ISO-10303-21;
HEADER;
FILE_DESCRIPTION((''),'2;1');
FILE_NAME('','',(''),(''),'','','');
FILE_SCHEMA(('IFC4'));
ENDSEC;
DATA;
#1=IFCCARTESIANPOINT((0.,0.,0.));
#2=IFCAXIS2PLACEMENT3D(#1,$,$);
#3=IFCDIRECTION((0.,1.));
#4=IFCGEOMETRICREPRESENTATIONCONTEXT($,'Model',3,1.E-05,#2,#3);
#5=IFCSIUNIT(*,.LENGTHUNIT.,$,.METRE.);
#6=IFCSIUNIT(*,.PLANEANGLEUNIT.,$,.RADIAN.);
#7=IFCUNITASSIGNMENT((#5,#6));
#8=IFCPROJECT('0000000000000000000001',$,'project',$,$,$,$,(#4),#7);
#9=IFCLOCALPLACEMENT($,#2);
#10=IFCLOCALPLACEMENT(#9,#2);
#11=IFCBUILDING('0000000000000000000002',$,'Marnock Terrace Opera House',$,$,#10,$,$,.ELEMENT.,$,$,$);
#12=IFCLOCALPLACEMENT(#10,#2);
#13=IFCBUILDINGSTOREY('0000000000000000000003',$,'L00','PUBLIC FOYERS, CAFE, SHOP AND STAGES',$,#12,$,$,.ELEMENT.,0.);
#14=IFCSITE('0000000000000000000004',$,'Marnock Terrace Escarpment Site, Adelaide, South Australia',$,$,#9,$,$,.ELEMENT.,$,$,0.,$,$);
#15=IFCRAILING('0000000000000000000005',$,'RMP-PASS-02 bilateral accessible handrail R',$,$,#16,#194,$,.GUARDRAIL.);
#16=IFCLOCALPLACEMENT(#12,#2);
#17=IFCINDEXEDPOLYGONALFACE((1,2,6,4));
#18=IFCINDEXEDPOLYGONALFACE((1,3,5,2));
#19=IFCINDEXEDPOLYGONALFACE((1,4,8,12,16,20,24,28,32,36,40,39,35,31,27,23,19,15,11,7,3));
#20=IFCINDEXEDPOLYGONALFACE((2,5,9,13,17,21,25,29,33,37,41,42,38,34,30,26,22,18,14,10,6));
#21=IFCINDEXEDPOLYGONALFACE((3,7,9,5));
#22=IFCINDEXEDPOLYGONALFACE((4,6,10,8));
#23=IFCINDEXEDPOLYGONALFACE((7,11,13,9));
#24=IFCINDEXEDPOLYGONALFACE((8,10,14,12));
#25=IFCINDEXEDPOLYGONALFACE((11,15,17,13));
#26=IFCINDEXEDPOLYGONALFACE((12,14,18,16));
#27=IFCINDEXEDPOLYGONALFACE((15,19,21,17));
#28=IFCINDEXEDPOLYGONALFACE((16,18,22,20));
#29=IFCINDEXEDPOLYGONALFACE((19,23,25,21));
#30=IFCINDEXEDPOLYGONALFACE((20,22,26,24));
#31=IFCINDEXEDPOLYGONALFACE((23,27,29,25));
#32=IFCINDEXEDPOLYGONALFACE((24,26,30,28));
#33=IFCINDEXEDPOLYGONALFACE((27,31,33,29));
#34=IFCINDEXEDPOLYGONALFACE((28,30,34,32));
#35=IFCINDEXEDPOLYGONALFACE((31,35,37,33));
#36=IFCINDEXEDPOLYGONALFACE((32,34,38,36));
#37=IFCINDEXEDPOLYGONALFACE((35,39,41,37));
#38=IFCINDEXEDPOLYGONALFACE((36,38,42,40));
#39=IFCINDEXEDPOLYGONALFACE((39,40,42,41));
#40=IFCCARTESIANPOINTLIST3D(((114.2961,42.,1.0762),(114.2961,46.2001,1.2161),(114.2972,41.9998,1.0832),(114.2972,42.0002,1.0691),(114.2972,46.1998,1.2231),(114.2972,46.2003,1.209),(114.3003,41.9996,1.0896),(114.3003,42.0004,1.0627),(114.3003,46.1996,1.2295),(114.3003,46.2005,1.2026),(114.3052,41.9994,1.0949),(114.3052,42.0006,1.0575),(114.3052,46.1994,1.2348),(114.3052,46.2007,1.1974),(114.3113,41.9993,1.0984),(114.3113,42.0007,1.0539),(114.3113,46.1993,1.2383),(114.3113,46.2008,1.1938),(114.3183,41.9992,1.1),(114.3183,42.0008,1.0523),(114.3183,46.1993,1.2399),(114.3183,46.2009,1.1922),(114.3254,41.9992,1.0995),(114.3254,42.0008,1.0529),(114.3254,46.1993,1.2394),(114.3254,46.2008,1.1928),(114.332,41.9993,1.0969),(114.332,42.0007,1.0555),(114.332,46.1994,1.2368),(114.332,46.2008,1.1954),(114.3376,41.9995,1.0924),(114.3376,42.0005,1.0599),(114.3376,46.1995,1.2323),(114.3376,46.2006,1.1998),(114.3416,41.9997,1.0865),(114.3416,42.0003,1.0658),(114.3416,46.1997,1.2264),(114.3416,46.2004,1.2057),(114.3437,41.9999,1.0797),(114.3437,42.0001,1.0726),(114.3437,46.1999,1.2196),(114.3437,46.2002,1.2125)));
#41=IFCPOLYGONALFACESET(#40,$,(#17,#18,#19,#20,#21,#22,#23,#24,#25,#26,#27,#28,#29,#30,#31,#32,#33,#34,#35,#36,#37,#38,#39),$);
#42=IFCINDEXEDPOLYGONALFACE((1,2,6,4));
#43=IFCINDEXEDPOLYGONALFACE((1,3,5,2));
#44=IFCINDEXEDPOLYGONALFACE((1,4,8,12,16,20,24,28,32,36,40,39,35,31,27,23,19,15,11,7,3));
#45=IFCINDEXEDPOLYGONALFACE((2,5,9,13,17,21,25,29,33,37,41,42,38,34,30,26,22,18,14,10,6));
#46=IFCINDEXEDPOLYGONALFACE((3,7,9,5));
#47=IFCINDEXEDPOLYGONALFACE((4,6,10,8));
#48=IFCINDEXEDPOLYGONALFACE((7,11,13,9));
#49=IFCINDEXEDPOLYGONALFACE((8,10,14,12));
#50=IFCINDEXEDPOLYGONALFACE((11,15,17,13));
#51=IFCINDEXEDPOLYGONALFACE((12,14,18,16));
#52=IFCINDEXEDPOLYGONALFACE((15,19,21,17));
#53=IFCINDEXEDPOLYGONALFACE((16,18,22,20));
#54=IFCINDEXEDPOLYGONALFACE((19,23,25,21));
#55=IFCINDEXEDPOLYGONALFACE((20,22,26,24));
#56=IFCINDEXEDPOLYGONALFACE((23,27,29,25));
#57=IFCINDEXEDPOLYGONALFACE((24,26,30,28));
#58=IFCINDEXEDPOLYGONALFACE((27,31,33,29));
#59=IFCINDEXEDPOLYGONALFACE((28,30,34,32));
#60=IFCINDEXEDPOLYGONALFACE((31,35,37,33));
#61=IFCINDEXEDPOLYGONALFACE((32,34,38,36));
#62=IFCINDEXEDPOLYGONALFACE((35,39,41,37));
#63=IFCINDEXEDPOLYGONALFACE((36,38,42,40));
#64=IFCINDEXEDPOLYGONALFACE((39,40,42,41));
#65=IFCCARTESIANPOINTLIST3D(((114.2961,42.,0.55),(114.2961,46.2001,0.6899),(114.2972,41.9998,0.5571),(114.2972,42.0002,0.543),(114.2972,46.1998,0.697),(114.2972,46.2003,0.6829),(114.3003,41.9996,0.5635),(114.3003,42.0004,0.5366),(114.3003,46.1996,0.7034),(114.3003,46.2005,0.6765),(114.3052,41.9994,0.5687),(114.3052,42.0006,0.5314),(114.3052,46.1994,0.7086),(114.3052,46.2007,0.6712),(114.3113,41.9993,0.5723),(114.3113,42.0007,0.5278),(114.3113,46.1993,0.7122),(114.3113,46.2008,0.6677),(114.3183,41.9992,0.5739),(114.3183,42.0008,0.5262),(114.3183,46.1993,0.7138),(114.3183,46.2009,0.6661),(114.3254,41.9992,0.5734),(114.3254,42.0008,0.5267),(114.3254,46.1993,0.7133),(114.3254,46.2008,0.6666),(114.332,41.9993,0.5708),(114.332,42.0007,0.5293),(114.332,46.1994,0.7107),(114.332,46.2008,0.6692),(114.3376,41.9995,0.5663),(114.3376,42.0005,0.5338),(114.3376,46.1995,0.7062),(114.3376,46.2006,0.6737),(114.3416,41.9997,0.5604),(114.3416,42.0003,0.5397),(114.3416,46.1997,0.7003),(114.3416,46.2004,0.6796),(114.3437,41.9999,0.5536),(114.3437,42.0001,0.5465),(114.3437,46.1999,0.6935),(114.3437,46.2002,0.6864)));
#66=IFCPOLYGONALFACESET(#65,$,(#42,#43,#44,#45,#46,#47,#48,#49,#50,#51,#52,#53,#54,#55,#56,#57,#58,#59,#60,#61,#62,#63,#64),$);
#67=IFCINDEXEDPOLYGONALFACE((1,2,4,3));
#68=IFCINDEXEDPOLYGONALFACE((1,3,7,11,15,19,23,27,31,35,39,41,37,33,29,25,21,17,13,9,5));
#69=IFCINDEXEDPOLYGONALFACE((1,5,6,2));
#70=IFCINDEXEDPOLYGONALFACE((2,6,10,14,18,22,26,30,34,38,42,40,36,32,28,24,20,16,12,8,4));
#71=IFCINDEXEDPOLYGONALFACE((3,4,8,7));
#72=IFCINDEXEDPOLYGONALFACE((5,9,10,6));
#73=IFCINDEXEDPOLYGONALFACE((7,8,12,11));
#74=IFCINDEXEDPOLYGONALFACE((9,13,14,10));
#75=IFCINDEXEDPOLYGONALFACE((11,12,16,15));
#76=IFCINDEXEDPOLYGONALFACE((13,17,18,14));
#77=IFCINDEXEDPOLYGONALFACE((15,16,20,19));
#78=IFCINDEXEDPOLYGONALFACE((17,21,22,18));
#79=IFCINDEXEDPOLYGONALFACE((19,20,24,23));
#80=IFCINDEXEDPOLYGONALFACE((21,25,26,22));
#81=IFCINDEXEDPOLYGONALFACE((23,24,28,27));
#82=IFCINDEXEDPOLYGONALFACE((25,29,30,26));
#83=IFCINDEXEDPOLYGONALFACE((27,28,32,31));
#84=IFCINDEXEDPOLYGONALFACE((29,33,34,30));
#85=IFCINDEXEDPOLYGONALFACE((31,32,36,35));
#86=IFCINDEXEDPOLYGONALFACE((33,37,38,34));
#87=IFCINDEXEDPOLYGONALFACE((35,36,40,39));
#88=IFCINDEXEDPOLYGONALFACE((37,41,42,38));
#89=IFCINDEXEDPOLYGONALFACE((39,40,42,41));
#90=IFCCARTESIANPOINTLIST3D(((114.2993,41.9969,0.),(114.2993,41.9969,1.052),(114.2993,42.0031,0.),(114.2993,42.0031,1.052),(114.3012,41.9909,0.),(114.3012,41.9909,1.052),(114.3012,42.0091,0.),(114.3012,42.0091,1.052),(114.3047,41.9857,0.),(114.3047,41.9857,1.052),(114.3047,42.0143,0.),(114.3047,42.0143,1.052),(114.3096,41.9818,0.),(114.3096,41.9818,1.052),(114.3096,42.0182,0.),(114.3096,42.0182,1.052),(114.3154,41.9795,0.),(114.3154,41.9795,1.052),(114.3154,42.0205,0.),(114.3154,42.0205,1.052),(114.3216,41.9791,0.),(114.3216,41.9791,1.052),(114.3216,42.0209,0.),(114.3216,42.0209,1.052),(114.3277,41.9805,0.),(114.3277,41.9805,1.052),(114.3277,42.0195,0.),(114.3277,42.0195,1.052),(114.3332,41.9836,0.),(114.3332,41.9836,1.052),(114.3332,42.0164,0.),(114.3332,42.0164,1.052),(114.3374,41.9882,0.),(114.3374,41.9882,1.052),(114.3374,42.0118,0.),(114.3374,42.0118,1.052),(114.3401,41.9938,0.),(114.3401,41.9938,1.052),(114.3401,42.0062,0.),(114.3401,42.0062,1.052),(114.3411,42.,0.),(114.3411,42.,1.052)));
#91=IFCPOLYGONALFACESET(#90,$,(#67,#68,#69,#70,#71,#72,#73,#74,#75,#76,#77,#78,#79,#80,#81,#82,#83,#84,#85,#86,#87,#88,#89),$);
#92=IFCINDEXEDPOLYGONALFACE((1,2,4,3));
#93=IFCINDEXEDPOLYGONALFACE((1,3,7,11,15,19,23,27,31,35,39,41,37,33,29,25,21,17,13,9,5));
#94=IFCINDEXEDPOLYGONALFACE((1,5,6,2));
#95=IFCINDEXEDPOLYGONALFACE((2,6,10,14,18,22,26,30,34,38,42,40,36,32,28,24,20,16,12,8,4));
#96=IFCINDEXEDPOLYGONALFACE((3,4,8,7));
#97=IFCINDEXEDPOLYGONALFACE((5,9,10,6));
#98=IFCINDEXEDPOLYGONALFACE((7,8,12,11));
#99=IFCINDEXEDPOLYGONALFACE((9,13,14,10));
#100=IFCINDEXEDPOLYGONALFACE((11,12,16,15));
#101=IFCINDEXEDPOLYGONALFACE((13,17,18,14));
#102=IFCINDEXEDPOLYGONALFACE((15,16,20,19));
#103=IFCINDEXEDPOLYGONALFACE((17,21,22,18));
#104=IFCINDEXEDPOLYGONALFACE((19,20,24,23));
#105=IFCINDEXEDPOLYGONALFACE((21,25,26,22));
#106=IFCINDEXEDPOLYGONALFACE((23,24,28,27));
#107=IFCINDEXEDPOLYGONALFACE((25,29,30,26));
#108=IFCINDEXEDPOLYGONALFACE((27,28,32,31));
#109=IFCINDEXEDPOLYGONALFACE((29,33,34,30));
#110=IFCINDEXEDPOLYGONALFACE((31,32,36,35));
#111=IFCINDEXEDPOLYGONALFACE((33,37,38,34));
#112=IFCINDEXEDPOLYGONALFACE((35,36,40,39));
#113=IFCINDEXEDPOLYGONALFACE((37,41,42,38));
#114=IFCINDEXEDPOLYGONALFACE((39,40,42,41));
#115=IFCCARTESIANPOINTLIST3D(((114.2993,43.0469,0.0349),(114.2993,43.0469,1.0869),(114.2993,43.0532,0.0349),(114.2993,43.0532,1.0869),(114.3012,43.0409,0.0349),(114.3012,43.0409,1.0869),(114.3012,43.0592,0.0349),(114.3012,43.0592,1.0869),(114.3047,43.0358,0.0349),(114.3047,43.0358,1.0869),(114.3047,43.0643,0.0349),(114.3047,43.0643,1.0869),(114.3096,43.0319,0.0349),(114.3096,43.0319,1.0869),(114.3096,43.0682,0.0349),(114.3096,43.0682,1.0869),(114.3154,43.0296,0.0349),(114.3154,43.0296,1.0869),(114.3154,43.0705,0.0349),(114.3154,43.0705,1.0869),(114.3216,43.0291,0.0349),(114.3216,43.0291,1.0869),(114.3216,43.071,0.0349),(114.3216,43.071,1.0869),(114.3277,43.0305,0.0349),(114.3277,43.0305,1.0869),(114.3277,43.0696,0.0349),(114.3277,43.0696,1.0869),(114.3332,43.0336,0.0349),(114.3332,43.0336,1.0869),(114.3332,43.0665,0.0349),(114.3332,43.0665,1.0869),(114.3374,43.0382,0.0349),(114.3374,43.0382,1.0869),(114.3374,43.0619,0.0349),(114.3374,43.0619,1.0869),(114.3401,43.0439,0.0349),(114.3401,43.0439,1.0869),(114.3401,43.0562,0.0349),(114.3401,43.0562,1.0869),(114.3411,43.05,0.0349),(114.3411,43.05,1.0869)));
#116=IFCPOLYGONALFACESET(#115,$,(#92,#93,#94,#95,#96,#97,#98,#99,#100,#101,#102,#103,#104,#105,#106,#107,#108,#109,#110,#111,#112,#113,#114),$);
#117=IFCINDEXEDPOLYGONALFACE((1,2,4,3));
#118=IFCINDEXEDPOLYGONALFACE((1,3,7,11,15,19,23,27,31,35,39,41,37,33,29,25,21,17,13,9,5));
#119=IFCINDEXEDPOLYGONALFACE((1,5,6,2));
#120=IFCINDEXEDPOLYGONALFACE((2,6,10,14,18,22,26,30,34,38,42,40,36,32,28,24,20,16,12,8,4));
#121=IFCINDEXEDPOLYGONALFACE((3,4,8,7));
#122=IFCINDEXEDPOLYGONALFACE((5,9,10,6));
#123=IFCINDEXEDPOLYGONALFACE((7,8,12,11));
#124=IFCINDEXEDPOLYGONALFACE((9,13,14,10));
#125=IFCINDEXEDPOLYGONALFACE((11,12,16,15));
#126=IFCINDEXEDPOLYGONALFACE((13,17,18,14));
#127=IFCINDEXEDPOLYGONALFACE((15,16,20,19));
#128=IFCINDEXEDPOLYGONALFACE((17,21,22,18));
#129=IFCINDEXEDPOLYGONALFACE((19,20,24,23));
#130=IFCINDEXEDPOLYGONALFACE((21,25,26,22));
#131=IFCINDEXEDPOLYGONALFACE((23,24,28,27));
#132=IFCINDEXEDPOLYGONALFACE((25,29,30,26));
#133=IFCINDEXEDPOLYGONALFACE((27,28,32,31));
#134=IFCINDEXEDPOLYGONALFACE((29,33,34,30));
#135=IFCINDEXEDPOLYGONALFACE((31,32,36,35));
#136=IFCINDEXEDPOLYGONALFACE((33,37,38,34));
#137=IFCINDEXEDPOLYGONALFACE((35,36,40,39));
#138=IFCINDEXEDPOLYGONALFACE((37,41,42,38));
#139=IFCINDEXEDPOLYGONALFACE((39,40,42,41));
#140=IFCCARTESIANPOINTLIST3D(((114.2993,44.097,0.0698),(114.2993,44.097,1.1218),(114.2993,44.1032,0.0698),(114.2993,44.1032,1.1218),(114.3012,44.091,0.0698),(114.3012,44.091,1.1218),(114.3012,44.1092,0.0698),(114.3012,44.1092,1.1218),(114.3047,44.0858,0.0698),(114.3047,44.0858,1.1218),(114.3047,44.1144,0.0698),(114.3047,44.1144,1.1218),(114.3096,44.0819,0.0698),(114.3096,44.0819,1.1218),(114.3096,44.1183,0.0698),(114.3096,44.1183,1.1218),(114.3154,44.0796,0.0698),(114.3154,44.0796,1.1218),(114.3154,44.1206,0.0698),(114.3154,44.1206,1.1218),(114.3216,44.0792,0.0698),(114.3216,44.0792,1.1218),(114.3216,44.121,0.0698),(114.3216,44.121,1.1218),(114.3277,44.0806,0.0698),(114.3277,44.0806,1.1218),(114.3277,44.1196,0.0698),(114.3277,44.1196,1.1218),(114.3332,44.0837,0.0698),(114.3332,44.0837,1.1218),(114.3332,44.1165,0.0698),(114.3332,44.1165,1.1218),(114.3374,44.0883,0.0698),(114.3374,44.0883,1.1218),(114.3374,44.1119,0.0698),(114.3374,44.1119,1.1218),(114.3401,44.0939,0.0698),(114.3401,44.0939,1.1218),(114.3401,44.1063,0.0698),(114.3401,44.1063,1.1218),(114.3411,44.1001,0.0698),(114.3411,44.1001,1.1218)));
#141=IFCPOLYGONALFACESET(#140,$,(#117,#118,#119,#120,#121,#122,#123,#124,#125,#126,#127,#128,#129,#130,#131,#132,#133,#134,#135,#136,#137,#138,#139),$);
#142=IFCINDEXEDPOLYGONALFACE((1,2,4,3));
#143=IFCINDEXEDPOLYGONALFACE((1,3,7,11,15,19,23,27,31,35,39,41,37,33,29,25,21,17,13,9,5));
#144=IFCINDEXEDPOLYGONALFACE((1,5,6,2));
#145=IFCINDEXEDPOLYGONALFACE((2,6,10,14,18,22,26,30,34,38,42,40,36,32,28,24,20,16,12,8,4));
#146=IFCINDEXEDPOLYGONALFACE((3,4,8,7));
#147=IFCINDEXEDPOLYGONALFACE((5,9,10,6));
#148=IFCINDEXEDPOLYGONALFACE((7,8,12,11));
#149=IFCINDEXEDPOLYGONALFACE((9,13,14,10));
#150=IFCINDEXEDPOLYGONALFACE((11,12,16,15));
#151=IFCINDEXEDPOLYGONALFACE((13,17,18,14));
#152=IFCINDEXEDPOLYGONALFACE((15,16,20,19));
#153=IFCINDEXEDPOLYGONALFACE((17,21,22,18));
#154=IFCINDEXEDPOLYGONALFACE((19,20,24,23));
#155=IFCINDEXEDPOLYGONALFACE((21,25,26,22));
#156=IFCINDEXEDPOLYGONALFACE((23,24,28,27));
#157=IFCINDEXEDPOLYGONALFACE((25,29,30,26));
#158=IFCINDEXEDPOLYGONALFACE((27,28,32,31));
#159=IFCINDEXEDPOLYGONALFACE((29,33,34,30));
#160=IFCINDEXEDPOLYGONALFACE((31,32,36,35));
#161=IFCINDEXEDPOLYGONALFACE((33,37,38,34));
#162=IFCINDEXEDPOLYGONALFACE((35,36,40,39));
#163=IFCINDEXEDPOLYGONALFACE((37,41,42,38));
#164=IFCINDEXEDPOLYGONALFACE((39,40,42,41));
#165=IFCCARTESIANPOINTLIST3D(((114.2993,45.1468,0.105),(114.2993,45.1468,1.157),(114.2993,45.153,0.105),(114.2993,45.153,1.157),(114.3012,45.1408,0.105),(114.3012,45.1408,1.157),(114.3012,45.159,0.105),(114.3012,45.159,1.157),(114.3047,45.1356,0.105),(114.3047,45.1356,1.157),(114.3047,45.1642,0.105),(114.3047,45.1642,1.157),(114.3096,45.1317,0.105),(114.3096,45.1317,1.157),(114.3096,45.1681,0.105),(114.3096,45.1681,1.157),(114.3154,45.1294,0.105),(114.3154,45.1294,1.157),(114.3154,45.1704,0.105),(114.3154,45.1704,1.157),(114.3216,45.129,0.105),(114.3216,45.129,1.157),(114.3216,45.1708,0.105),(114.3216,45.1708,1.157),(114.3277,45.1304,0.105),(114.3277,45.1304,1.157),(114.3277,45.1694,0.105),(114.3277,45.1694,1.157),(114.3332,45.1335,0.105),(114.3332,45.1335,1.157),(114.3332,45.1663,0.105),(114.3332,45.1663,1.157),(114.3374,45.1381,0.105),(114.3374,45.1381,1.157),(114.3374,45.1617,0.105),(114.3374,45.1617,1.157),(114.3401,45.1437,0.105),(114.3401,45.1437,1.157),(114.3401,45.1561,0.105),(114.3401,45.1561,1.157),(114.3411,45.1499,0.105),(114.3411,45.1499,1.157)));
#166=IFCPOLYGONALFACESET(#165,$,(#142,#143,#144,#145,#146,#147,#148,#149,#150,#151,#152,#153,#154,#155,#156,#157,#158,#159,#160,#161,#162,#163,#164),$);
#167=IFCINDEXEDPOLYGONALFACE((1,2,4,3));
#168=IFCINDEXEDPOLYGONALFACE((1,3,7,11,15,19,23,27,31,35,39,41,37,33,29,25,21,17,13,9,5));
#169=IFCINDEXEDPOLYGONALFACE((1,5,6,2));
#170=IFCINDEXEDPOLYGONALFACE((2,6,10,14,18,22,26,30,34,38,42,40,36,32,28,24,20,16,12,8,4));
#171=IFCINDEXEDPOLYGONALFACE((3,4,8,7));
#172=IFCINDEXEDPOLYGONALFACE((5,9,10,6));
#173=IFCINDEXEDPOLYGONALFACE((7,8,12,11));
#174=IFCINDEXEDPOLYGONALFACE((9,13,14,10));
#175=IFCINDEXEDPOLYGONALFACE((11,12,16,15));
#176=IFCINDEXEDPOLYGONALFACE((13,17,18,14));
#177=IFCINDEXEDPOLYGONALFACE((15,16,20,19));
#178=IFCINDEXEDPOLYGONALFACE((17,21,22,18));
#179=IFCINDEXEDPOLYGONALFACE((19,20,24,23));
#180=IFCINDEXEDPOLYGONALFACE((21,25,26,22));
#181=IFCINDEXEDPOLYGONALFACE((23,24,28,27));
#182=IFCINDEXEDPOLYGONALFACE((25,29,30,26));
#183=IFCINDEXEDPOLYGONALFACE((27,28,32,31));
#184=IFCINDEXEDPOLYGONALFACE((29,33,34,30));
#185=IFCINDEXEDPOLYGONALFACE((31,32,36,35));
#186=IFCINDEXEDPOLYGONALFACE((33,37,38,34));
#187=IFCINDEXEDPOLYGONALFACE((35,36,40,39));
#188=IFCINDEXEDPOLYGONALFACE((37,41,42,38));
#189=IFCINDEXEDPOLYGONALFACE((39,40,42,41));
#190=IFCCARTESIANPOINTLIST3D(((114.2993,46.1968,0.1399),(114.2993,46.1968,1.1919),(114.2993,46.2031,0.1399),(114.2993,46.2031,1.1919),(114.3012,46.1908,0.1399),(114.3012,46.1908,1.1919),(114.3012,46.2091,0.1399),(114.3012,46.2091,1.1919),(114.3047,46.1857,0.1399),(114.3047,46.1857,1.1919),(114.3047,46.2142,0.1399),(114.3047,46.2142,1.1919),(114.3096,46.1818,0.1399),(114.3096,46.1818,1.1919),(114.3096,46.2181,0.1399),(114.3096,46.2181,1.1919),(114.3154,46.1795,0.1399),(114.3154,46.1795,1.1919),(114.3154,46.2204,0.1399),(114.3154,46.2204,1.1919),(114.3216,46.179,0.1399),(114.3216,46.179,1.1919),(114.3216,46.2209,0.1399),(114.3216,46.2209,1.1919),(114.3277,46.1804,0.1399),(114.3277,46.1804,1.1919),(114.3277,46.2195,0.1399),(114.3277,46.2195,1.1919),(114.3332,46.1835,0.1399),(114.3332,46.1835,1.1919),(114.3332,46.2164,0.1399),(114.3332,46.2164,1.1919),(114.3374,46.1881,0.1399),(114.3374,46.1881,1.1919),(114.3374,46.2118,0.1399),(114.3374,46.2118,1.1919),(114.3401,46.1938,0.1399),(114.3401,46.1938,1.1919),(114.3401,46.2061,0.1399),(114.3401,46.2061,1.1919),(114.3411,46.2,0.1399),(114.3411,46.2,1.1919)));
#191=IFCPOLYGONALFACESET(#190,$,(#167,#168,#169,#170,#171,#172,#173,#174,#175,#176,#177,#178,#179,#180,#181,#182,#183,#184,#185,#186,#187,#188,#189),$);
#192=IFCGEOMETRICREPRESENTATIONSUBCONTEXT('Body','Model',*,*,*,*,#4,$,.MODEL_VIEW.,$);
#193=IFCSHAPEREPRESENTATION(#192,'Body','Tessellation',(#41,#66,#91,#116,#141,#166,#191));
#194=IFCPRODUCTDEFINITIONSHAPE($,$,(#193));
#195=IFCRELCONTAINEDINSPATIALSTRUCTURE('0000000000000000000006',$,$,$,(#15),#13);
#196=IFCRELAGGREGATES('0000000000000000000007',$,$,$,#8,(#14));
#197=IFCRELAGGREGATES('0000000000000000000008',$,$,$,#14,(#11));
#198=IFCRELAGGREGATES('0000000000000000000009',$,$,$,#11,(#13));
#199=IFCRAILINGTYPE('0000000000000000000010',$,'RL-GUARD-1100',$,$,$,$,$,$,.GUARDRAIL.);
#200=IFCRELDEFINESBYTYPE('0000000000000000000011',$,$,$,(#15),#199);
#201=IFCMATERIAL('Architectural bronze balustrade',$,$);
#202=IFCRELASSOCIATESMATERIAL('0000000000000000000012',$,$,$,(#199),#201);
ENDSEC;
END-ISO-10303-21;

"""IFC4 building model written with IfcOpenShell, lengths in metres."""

from ifc_helpers import new_model, si_unit, direction, frame, origin, origin_2d, place, context, subcontext, project, spatial, circle, extrude, material, type_object, element, save


model = new_model("IFC4")

# Units and contexts
model_context = context("Model", 3, precision=1e-05, world=origin(), true_north=direction((0.0, 1.0)))
body_context = subcontext(model_context, "Body", "Model", "MODEL_VIEW")
ifc_project = project(units=[si_unit("LENGTHUNIT", "METRE"), si_unit("PLANEANGLEUNIT", "RADIAN")], contexts=[model_context])

# Site, building, storey
site_placement = place(None, origin())
site = spatial("IfcSite", under=ifc_project, at=site_placement, Name="Marnock Terrace Escarpment Site, Adelaide, South Australia", CompositionType="ELEMENT", RefElevation=0.0)
building_placement = place(site_placement, origin())
building = spatial("IfcBuilding", under=site, at=building_placement, Name="Marnock Terrace Opera House", CompositionType="ELEMENT")
storey_placement = place(building_placement, origin())
storey = spatial("IfcBuildingStorey", under=building, at=storey_placement, Name="L00", Description="PUBLIC FOYERS, CAFE, SHOP AND STAGES", CompositionType="ELEMENT", Elevation=0.0)

# Railing
ifc_material_1 = material(Name="Architectural bronze balustrade")
railing_type = type_object("IfcRailingType", Name="RL-GUARD-1100", PredefinedType="GUARDRAIL", material=ifc_material_1)
for number, where, name in (
    (1, (114.3201, 42.0, 0.0), "RMP-PASS-02 bilateral accessible handrail R"),
):
    element("IfcRailing", number, at=place(storey_placement, frame(where)), inside=storey, type_object=railing_type, Name=name, PredefinedType="GUARDRAIL", context=body_context, shape_type="SweptSolid", body=[
        extrude(circle(Radius=0.0239, at=origin_2d()), frame((0.0, 0.0, 1.0762), z_axis=(0.0, 0.999446, 0.03329), x_axis=(-1.0, 0.0, 0.0)), (0.0, 0.0, 1.0), 4.2024),
        extrude(circle(Radius=0.0239, at=origin_2d()), frame((0.0, 0.0, 0.55), z_axis=(0.0, 0.999446, 0.03329), x_axis=(-1.0, 0.0, 0.0)), (0.0, 0.0, 1.0), 4.2024),
        extrude(circle(Radius=0.021, at=origin_2d()), origin(), (0.0, 0.0, 1.0), 1.052),
        extrude(circle(Radius=0.021, at=origin_2d()), frame((0.0, 1.05, 0.0349)), (0.0, 0.0, 1.0), 1.052),
        extrude(circle(Radius=0.021, at=origin_2d()), frame((0.0, 2.1001, 0.0698)), (0.0, 0.0, 1.0), 1.052),
        extrude(circle(Radius=0.021, at=origin_2d()), frame((0.0, 3.1499, 0.105)), (0.0, 0.0, 1.0), 1.052),
        extrude(circle(Radius=0.021, at=origin_2d()), frame((0.0, 4.2, 0.1399)), (0.0, 0.0, 1.0), 1.052),
    ])

save(model, "model.ifc")
